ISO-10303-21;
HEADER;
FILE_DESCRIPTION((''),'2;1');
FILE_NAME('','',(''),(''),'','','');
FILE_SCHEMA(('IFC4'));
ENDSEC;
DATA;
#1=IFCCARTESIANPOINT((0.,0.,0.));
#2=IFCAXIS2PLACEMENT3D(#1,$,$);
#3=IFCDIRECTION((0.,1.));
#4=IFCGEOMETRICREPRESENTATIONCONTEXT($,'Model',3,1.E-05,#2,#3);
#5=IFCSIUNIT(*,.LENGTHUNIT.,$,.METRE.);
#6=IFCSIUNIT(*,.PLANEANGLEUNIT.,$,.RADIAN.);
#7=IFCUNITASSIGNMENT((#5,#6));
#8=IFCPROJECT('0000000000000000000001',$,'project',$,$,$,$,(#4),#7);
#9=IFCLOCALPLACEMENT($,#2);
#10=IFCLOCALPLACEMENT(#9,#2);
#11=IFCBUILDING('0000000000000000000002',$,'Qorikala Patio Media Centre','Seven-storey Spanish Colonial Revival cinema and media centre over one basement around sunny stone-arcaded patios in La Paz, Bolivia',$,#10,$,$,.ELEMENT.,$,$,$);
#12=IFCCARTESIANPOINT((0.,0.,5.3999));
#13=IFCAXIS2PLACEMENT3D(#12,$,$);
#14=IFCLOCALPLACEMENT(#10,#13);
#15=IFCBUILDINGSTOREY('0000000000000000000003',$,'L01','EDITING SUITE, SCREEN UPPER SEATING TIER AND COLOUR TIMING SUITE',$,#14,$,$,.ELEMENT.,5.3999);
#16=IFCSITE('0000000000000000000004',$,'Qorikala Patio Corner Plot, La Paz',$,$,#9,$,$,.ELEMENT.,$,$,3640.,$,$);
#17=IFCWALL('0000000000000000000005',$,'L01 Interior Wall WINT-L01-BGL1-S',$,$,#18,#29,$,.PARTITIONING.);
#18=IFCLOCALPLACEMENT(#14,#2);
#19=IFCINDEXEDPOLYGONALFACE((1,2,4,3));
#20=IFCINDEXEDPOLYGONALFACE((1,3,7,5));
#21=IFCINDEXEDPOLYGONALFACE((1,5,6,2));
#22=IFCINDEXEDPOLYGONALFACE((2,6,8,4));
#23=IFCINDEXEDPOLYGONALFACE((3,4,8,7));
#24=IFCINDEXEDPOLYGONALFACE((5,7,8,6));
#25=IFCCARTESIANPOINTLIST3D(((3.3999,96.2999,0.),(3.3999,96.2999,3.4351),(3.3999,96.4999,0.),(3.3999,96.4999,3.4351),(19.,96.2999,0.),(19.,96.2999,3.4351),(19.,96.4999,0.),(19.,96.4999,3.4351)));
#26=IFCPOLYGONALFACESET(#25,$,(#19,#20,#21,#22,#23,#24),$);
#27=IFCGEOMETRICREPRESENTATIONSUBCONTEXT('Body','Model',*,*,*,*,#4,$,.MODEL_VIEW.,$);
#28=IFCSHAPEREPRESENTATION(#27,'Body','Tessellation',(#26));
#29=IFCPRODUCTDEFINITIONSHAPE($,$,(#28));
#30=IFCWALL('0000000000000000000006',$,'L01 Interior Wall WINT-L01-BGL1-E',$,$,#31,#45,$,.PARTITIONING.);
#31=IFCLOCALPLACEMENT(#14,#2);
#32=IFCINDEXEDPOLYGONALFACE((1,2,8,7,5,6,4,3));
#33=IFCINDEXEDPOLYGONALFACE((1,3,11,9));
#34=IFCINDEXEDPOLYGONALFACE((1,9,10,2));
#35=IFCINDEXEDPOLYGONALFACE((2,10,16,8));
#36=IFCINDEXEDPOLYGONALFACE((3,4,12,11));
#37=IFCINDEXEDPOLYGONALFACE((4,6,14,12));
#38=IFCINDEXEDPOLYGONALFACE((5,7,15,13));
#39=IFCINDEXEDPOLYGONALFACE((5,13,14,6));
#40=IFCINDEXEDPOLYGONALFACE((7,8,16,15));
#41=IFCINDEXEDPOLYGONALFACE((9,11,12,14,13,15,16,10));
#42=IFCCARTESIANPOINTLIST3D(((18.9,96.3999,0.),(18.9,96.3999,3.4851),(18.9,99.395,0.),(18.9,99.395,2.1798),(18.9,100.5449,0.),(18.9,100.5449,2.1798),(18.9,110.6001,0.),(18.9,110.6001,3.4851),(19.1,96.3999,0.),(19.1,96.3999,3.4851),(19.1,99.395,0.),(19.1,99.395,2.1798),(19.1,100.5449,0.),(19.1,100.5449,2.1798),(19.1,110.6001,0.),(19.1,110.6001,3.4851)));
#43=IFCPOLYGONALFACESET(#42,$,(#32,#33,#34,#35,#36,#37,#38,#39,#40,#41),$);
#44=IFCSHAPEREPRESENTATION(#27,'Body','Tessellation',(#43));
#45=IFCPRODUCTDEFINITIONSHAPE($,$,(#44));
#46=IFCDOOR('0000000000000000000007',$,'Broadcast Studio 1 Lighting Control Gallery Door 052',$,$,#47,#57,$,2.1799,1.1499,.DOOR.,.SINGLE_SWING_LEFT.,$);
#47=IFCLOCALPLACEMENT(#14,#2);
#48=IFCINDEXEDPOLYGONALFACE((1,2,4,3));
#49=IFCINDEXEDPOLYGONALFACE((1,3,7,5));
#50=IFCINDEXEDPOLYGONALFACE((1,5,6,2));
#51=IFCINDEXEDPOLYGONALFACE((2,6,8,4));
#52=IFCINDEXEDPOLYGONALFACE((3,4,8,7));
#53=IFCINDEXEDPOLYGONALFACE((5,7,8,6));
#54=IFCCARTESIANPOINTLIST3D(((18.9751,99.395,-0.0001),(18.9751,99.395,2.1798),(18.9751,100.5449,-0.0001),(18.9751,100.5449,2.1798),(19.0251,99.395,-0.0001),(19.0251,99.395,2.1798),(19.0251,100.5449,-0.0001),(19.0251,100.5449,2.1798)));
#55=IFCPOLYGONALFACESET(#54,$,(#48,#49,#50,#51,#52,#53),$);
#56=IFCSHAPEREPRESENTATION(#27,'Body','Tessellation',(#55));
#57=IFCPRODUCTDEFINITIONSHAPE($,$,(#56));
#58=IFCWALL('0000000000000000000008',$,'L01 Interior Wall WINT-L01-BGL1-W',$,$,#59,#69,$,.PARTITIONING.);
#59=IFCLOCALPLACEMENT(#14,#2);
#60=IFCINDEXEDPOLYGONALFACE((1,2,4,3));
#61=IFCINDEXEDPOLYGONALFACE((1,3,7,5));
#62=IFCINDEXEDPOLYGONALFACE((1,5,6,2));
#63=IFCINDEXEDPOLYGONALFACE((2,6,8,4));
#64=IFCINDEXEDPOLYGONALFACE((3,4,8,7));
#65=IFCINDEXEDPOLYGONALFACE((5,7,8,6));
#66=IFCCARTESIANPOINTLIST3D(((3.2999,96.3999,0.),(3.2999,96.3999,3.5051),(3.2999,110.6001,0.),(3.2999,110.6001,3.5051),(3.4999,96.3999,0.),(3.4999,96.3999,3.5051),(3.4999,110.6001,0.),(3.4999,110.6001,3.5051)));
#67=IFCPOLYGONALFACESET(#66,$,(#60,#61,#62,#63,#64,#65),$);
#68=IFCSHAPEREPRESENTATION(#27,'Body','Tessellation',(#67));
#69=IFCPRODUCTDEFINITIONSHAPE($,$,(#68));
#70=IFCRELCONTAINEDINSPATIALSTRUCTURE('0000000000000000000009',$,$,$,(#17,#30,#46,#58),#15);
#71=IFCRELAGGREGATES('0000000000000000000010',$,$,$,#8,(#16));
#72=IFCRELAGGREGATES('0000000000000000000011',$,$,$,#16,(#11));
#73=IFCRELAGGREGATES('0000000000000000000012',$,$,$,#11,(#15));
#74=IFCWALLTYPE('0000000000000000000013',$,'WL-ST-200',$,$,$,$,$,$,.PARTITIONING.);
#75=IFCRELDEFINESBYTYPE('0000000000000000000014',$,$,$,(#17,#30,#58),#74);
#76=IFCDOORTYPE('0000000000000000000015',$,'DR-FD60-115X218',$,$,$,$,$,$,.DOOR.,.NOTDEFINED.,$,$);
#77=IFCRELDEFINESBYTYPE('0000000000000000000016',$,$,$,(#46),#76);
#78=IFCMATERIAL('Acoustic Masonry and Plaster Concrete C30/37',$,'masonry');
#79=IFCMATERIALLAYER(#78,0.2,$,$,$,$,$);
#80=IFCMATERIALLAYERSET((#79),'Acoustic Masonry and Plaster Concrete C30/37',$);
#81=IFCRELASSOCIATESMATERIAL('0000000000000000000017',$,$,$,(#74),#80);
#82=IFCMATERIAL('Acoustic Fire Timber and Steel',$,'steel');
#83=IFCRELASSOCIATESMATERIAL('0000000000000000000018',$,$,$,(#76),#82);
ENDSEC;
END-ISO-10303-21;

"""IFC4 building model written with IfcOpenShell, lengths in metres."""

from ifc_helpers import new_model, si_unit, direction, frame, frame_2d, origin, place, context, subcontext, project, spatial, rectangle, extrude, material, layer, layer_set, type_object, element, fill, save


model = new_model("IFC4")

# Units and contexts
model_context = context("Model", 3, precision=1e-05, world=origin(), true_north=direction((0.0, 1.0)))
body_context = subcontext(model_context, "Body", "Model", "MODEL_VIEW")
ifc_project = project(units=[si_unit("LENGTHUNIT", "METRE"), si_unit("PLANEANGLEUNIT", "RADIAN")], contexts=[model_context])

# Site, building, storey
site_placement = place(None, origin())
site = spatial("IfcSite", under=ifc_project, at=site_placement, Name="Qorikala Patio Corner Plot, La Paz", CompositionType="ELEMENT", RefElevation=3640.0)
building_placement = place(site_placement, origin())
building = spatial("IfcBuilding", under=site, at=building_placement, Name="Qorikala Patio Media Centre", Description="Seven-storey Spanish Colonial Revival cinema and media centre over one basement around sunny stone-arcaded patios in La Paz, Bolivia", CompositionType="ELEMENT")
storey_placement = place(building_placement, frame((0.0, 0.0, 5.3999)))
storey = spatial("IfcBuildingStorey", under=building, at=storey_placement, Name="L01", Description="EDITING SUITE, SCREEN UPPER SEATING TIER AND COLOUR TIMING SUITE", CompositionType="ELEMENT", Elevation=5.3999)

# Wall
ifc_material_1 = material(Name="Acoustic Masonry and Plaster Concrete C30/37", Category="masonry")
ifc_layer_1 = layer(ifc_material_1, 0.2)
ifc_layer_set_1 = layer_set([ifc_layer_1], Name="Acoustic Masonry and Plaster Concrete C30/37")
wall_type_1 = type_object("IfcWallType", Name="WL-ST-200", PredefinedType="PARTITIONING", material=ifc_layer_set_1)
wall_1_placement = place(storey_placement, frame((3.3999, 96.3999, 0.0), z_axis=(0.0, 0.0, 1.0), x_axis=(1.0, 0.0, 0.0)))
element("IfcWall", 1, at=wall_1_placement, inside=storey, type_object=wall_type_1, Name="L01 Interior Wall WINT-L01-BGL1-S", PredefinedType="PARTITIONING", context=body_context, shape_type="SweptSolid", body=[
    extrude(rectangle(XDim=15.6001, YDim=0.2, at=frame_2d((7.8, 0.0))), origin(), (0.0, 0.0, 1.0), 3.4351),
])

# Wall, opening, door
wall_2_placement = place(storey_placement, frame((19.0, 96.3999, 0.0), z_axis=(0.0, 0.0, 1.0), x_axis=(0.0, 1.0, 0.0)))
wall_2 = element("IfcWall", 2, at=wall_2_placement, inside=storey, type_object=wall_type_1, Name="L01 Interior Wall WINT-L01-BGL1-E", PredefinedType="PARTITIONING", context=body_context, shape_type="SweptSolid", body=[
    extrude(rectangle(XDim=14.2002, YDim=0.2, at=frame_2d((7.1001, 0.0))), origin(), (0.0, 0.0, 1.0), 3.4851),
])
opening_1_placement = place(wall_2_placement, frame((2.9951, 0.0, 0.0)))
opening_1 = element("IfcOpeningElement", 3, at=opening_1_placement, cuts=wall_2, PredefinedType="OPENING", context=body_context, shape_type="SweptSolid", body=[
    extrude(rectangle(XDim=1.1499, YDim=2.1799, at=frame_2d((0.575, 1.0898))), frame((0.0, 0.1099, 0.0), z_axis=(0.0, -1.0, 0.0), x_axis=(1.0, 0.0, 0.0)), (0.0, 0.0, 1.0), 0.22),
])
ifc_material_2 = material(Name="Acoustic Fire Timber and Steel", Category="steel")
door_type = type_object("IfcDoorType", Name="DR-FD60-115X218", OperationType="NOTDEFINED", PredefinedType="DOOR", material=ifc_material_2)
door_placement = place(opening_1_placement, origin())
door = element("IfcDoor", 4, at=door_placement, inside=storey, type_object=door_type, Name="Broadcast Studio 1 Lighting Control Gallery Door 052", OperationType="SINGLE_SWING_LEFT", OverallHeight=2.1799, OverallWidth=1.1499, PredefinedType="DOOR", context=body_context, shape_type="SweptSolid", body=[
    extrude(rectangle(XDim=1.1499, YDim=2.1799, at=frame_2d((0.575, 1.0898))), frame((0.0, 0.0249, 0.0), z_axis=(0.0, -1.0, 0.0), x_axis=(1.0, 0.0, 0.0)), (0.0, 0.0, 1.0), 0.05),
])
fill(opening_1, door)

# Wall
wall_3_placement = place(storey_placement, frame((3.3999, 96.3999, 0.0), z_axis=(0.0, 0.0, 1.0), x_axis=(0.0, 1.0, 0.0)))
element("IfcWall", 5, at=wall_3_placement, inside=storey, type_object=wall_type_1, Name="L01 Interior Wall WINT-L01-BGL1-W", PredefinedType="PARTITIONING", context=body_context, shape_type="SweptSolid", body=[
    extrude(rectangle(XDim=14.2002, YDim=0.2, at=frame_2d((7.1001, 0.0))), origin(), (0.0, 0.0, 1.0), 3.5051),
])

save(model, "model.ifc")
